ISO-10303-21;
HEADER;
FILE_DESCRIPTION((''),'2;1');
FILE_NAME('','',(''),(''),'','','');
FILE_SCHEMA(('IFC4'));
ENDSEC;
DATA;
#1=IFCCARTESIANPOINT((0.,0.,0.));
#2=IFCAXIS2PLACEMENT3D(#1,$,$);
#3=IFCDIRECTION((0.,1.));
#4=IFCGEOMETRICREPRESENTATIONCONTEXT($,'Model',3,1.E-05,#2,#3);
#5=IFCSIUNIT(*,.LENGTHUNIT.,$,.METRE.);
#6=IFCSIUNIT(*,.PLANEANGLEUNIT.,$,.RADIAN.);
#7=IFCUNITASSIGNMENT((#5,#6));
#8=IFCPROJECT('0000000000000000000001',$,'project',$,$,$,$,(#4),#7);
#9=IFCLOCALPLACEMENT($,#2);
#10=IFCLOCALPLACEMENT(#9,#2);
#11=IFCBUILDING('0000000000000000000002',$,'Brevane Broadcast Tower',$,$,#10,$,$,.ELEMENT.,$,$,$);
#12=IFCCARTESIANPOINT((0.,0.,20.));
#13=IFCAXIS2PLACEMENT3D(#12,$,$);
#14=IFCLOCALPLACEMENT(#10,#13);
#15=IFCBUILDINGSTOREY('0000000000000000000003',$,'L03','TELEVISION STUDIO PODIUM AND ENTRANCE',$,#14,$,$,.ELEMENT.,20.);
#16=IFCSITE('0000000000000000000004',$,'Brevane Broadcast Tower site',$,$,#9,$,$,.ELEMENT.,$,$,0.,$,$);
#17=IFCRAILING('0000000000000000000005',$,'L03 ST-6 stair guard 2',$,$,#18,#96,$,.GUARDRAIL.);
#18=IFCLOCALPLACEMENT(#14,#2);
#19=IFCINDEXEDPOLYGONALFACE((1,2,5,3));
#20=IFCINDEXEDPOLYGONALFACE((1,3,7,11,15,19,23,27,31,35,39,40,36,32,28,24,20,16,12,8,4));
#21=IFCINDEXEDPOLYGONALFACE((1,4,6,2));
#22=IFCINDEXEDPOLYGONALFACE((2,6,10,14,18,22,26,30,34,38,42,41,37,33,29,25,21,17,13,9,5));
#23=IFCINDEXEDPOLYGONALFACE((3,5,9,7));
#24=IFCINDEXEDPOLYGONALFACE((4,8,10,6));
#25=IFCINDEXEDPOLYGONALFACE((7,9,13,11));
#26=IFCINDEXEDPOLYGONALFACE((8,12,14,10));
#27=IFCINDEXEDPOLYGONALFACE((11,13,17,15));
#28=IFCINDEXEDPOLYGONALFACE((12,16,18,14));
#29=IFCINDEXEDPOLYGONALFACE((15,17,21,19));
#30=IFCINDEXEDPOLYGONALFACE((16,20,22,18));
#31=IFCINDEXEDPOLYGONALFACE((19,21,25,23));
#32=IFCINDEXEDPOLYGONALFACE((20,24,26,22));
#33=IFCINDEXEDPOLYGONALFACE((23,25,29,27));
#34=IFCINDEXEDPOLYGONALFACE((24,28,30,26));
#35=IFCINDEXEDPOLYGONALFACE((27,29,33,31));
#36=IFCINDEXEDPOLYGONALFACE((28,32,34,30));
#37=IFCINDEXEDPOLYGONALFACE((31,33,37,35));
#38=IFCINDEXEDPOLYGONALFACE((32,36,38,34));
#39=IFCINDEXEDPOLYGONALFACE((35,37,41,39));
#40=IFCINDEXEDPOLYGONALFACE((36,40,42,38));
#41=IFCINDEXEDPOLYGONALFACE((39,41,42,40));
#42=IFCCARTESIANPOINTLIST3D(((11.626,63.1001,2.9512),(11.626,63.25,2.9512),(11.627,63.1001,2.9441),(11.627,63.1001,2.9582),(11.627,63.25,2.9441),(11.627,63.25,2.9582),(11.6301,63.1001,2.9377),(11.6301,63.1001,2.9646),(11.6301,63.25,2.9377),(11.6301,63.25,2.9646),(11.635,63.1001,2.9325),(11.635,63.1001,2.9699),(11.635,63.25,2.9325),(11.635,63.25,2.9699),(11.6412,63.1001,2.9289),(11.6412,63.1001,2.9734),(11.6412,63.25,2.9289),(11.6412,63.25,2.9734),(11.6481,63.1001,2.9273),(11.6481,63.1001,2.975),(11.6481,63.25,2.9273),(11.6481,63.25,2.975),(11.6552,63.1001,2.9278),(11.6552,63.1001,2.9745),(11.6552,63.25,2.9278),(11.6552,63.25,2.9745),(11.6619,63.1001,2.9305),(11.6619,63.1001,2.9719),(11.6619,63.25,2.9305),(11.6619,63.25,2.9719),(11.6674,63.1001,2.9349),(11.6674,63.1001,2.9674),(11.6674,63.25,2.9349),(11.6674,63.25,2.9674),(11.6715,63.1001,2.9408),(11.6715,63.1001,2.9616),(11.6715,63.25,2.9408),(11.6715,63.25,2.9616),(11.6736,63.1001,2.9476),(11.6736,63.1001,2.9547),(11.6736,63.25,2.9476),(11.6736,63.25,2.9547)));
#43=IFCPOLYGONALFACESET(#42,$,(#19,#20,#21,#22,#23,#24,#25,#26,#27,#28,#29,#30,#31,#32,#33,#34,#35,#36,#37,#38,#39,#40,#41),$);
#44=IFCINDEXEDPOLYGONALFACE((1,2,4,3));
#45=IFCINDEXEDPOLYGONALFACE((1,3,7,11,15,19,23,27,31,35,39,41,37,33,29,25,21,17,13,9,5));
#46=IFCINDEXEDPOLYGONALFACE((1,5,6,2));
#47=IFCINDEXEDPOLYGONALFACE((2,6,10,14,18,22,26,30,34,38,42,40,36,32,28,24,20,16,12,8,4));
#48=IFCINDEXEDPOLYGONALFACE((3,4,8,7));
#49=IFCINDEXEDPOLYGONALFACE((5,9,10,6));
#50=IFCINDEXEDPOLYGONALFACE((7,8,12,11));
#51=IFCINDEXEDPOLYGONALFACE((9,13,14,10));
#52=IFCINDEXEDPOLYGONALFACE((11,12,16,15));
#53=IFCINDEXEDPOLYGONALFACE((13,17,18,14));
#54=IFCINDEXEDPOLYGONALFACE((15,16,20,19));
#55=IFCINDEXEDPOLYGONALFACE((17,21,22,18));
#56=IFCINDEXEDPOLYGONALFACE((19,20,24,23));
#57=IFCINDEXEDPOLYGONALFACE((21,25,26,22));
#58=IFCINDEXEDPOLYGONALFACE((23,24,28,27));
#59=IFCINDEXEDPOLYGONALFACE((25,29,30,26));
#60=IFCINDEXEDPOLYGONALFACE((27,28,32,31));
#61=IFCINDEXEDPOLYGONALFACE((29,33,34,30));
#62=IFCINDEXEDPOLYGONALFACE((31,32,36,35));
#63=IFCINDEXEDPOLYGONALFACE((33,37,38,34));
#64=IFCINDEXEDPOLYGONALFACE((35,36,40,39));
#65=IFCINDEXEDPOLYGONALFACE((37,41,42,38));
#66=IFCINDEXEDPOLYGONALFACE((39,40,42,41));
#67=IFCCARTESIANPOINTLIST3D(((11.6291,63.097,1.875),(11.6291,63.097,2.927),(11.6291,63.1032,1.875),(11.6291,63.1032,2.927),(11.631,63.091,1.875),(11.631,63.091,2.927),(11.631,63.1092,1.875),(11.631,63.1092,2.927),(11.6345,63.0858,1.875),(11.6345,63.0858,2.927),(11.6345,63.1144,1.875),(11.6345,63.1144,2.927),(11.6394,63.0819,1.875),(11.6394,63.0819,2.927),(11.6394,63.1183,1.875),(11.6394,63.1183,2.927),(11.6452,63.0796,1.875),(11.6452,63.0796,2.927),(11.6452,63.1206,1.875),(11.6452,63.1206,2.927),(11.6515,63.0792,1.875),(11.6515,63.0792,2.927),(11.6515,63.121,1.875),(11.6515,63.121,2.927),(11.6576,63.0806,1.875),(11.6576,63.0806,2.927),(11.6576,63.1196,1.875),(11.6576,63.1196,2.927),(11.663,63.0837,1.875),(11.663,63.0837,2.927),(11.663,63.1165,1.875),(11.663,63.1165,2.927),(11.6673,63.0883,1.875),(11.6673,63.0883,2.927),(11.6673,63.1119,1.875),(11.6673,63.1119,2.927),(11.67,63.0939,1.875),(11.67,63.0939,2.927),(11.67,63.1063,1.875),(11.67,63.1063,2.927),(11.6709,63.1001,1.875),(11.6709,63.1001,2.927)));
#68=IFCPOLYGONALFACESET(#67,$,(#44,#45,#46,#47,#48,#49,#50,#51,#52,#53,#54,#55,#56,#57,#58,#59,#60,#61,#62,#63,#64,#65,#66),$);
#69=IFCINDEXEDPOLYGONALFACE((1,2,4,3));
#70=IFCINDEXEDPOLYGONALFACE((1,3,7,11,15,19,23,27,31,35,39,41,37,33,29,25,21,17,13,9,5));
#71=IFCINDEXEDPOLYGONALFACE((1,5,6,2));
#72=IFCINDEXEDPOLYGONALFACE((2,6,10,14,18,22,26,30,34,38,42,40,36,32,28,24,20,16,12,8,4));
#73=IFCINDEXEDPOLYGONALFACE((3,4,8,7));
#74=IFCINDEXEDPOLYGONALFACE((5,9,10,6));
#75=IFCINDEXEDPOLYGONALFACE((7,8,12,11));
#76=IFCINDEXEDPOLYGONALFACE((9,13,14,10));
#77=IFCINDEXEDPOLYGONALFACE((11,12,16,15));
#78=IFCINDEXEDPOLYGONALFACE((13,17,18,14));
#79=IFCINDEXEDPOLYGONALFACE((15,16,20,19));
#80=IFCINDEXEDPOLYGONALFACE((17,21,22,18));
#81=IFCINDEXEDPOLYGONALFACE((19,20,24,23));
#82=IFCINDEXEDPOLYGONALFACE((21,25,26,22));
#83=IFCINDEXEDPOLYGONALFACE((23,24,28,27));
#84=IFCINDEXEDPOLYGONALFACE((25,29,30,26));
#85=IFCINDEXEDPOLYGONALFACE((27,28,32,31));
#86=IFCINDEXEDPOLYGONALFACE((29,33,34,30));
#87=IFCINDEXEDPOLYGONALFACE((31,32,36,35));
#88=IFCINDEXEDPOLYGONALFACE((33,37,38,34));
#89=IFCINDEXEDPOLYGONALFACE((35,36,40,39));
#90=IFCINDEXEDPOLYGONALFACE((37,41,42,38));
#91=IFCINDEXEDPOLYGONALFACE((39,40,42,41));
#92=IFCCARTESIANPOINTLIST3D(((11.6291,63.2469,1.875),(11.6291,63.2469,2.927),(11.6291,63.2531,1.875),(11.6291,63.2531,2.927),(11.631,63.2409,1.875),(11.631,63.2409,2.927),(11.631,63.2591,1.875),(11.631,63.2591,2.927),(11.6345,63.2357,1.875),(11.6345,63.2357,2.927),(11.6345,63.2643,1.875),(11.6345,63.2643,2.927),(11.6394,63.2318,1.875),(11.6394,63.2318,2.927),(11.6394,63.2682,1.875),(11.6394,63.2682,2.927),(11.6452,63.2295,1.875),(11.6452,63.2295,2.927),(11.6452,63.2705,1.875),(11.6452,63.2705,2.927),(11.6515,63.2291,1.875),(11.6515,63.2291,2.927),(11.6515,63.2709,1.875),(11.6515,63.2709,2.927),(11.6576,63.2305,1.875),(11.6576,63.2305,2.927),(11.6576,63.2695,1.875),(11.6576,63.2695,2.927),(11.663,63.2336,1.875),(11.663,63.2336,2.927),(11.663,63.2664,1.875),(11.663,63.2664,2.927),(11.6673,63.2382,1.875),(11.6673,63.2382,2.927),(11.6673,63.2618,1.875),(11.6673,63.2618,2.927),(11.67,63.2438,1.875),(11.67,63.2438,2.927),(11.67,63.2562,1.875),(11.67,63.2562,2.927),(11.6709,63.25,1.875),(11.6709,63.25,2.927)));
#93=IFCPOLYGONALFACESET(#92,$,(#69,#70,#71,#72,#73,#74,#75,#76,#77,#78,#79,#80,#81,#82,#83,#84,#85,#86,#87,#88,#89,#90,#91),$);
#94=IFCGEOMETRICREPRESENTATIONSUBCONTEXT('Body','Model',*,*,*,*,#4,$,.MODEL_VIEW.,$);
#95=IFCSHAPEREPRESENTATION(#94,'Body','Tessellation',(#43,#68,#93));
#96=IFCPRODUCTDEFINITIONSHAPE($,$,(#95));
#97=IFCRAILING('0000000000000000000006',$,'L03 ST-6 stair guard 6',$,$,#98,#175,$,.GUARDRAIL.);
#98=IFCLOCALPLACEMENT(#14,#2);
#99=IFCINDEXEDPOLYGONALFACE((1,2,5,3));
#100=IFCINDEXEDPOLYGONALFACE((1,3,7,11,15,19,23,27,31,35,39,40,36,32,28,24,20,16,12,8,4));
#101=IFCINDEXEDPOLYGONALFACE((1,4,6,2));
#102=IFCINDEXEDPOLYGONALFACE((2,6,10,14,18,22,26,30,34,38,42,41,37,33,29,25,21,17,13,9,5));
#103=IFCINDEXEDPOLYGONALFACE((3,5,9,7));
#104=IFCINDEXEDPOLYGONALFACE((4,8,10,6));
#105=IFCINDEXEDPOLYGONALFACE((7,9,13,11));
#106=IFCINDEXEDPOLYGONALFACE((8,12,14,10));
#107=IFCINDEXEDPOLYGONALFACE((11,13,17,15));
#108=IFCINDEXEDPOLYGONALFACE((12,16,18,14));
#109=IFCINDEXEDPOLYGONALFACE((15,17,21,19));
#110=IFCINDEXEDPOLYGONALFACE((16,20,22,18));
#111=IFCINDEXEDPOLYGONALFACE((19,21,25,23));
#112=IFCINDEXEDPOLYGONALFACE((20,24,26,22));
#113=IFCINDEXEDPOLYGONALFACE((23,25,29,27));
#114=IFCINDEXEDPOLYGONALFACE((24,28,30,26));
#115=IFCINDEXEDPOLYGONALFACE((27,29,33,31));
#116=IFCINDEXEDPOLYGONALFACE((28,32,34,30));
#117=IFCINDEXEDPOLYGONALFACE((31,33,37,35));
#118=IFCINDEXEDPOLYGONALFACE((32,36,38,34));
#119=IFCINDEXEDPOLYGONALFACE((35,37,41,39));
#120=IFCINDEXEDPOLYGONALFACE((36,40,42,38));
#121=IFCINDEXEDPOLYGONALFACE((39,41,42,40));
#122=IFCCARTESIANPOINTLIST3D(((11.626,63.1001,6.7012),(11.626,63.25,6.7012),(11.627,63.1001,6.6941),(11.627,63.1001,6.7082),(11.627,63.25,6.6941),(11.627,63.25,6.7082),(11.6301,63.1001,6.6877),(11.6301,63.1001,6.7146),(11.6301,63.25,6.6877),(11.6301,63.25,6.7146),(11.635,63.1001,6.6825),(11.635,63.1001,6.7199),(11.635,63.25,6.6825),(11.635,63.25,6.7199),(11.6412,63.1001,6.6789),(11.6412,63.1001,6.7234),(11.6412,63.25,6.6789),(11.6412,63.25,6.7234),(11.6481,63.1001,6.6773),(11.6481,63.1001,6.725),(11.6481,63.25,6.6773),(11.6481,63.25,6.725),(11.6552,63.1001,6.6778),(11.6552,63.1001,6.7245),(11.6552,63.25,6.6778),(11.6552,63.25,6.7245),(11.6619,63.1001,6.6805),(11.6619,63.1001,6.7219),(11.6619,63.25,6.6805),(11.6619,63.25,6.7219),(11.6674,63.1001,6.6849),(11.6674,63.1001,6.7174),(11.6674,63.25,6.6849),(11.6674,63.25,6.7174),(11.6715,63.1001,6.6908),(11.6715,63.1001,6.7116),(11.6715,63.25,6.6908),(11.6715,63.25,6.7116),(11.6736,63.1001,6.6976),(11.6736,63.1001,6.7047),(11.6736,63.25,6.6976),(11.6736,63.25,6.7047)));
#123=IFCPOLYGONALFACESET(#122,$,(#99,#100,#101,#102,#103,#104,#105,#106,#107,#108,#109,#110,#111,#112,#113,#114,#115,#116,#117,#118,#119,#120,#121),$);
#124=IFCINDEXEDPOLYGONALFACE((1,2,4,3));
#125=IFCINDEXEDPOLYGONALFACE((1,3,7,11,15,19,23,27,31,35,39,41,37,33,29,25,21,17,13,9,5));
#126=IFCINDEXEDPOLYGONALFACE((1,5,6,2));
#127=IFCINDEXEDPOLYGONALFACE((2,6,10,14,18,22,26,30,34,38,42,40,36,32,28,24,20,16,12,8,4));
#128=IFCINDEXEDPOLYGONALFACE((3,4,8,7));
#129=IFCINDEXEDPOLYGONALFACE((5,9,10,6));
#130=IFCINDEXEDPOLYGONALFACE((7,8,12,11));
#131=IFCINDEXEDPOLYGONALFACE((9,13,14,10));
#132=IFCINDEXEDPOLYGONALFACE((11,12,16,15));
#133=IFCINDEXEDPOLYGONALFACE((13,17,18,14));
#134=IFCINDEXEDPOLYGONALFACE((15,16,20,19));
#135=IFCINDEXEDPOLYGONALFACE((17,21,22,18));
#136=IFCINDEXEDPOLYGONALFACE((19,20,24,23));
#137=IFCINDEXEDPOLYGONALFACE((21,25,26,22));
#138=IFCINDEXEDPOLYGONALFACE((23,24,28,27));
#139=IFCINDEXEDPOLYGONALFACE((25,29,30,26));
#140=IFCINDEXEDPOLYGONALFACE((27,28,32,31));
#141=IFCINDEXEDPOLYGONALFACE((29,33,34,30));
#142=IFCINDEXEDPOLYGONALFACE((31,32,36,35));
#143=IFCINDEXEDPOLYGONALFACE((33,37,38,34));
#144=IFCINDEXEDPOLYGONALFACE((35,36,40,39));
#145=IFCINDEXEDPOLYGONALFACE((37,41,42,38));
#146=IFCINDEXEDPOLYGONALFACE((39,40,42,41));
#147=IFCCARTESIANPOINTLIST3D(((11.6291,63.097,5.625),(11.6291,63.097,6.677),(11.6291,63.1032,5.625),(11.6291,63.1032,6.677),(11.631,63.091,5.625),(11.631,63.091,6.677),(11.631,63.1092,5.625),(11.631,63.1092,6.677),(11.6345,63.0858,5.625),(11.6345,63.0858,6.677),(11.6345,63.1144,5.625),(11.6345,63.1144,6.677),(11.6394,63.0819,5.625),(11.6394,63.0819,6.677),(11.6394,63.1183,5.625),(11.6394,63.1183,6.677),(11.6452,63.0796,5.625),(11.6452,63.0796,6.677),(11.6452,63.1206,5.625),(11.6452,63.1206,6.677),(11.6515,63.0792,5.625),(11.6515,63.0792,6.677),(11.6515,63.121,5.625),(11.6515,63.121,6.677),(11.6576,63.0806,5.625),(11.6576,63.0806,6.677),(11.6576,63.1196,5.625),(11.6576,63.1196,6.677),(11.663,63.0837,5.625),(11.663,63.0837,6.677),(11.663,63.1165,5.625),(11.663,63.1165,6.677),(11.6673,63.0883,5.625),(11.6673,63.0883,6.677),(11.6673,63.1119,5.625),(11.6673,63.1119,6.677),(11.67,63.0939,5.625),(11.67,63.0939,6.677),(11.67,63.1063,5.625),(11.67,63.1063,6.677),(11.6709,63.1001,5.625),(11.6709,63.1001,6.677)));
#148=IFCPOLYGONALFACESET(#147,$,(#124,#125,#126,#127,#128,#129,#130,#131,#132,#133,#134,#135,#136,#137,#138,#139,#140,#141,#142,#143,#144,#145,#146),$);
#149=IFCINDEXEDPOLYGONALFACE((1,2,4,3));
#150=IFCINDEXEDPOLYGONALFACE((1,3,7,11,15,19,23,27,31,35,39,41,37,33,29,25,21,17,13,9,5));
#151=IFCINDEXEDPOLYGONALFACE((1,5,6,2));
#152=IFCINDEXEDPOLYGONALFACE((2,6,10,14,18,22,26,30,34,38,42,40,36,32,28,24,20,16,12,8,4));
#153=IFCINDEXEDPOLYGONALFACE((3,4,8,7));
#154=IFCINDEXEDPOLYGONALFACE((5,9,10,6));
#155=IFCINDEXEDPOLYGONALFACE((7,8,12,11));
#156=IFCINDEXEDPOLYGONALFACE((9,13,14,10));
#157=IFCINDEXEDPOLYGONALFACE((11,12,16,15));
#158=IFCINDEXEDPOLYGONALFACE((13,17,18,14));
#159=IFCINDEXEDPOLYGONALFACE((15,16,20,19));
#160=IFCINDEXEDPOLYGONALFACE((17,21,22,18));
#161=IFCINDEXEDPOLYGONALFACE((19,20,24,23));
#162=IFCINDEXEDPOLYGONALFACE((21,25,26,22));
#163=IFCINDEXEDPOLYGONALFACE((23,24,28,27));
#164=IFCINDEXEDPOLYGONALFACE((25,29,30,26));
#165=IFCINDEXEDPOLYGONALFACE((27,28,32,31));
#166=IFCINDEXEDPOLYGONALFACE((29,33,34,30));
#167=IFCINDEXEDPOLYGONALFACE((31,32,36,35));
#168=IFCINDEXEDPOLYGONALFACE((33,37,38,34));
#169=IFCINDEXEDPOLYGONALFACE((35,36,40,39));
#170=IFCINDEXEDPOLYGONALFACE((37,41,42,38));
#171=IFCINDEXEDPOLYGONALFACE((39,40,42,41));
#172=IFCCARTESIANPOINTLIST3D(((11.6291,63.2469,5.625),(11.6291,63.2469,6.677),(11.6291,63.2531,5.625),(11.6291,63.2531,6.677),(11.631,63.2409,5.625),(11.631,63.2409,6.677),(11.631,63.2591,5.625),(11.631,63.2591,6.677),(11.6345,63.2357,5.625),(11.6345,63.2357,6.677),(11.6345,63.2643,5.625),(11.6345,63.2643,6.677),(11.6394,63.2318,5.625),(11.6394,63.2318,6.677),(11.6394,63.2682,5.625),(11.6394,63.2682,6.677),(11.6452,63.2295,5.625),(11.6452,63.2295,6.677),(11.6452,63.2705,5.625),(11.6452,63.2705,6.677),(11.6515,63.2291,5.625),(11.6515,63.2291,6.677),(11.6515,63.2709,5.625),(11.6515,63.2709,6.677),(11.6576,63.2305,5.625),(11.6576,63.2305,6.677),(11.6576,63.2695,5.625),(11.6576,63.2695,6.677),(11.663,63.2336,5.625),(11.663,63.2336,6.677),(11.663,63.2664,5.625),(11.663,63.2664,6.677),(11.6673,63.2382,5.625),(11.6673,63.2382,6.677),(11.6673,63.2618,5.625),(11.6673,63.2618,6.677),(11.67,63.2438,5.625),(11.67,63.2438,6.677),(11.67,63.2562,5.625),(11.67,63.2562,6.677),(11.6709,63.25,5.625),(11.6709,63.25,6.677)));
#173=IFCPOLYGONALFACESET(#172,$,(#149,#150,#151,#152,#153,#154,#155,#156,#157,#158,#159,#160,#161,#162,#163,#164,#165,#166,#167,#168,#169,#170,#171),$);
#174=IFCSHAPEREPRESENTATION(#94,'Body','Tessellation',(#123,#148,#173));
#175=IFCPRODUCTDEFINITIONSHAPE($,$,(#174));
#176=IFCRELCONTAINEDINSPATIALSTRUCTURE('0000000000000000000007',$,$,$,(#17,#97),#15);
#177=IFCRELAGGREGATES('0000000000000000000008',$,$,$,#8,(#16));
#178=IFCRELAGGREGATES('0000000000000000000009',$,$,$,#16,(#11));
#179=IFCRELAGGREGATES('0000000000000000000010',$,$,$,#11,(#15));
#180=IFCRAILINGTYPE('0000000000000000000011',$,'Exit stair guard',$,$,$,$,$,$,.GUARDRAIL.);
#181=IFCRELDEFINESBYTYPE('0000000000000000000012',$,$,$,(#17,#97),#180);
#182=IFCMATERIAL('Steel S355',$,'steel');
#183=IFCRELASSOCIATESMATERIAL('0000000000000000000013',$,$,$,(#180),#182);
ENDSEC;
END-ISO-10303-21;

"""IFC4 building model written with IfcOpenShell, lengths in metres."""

from ifc_helpers import new_model, si_unit, direction, frame, origin, origin_2d, place, context, subcontext, project, spatial, circle, extrude, material, type_object, element, save


model = new_model("IFC4")

# Units and contexts
model_context = context("Model", 3, precision=1e-05, world=origin(), true_north=direction((0.0, 1.0)))
body_context = subcontext(model_context, "Body", "Model", "MODEL_VIEW")
ifc_project = project(units=[si_unit("LENGTHUNIT", "METRE"), si_unit("PLANEANGLEUNIT", "RADIAN")], contexts=[model_context])

# Site, building, storey
site_placement = place(None, origin())
site = spatial("IfcSite", under=ifc_project, at=site_placement, Name="Brevane Broadcast Tower site", CompositionType="ELEMENT", RefElevation=0.0)
building_placement = place(site_placement, origin())
building = spatial("IfcBuilding", under=site, at=building_placement, Name="Brevane Broadcast Tower", CompositionType="ELEMENT")
storey_placement = place(building_placement, frame((0.0, 0.0, 20.0)))
storey = spatial("IfcBuildingStorey", under=building, at=storey_placement, Name="L03", Description="TELEVISION STUDIO PODIUM AND ENTRANCE", CompositionType="ELEMENT", Elevation=20.0)

# Railings
ifc_material_1 = material(Name="Steel S355", Category="steel")
railing_type_1 = type_object("IfcRailingType", Name="Exit stair guard", PredefinedType="GUARDRAIL", material=ifc_material_1)
for number, where, name in (
    (1, (11.6499, 63.1001, 1.875), "L03 ST-6 stair guard 2"),
    (2, (11.6499, 63.1001, 5.625), "L03 ST-6 stair guard 6"),
):
    element("IfcRailing", number, at=place(storey_placement, frame(where)), inside=storey, type_object=railing_type_1, Name=name, PredefinedType="GUARDRAIL", context=body_context, shape_type="SweptSolid", body=[
        extrude(circle(Radius=0.0239, at=origin_2d()), frame((0.0, 0.0, 1.0762), z_axis=(0.0, 1.0, 0.0), x_axis=(-1.0, 0.0, 0.0)), (0.0, 0.0, 1.0), 0.1499),
        extrude(circle(Radius=0.021, at=origin_2d()), origin(), (0.0, 0.0, 1.0), 1.052),
        extrude(circle(Radius=0.021, at=origin_2d()), frame((0.0, 0.1499, 0.0)), (0.0, 0.0, 1.0), 1.052),
    ])

save(model, "model.ifc")
